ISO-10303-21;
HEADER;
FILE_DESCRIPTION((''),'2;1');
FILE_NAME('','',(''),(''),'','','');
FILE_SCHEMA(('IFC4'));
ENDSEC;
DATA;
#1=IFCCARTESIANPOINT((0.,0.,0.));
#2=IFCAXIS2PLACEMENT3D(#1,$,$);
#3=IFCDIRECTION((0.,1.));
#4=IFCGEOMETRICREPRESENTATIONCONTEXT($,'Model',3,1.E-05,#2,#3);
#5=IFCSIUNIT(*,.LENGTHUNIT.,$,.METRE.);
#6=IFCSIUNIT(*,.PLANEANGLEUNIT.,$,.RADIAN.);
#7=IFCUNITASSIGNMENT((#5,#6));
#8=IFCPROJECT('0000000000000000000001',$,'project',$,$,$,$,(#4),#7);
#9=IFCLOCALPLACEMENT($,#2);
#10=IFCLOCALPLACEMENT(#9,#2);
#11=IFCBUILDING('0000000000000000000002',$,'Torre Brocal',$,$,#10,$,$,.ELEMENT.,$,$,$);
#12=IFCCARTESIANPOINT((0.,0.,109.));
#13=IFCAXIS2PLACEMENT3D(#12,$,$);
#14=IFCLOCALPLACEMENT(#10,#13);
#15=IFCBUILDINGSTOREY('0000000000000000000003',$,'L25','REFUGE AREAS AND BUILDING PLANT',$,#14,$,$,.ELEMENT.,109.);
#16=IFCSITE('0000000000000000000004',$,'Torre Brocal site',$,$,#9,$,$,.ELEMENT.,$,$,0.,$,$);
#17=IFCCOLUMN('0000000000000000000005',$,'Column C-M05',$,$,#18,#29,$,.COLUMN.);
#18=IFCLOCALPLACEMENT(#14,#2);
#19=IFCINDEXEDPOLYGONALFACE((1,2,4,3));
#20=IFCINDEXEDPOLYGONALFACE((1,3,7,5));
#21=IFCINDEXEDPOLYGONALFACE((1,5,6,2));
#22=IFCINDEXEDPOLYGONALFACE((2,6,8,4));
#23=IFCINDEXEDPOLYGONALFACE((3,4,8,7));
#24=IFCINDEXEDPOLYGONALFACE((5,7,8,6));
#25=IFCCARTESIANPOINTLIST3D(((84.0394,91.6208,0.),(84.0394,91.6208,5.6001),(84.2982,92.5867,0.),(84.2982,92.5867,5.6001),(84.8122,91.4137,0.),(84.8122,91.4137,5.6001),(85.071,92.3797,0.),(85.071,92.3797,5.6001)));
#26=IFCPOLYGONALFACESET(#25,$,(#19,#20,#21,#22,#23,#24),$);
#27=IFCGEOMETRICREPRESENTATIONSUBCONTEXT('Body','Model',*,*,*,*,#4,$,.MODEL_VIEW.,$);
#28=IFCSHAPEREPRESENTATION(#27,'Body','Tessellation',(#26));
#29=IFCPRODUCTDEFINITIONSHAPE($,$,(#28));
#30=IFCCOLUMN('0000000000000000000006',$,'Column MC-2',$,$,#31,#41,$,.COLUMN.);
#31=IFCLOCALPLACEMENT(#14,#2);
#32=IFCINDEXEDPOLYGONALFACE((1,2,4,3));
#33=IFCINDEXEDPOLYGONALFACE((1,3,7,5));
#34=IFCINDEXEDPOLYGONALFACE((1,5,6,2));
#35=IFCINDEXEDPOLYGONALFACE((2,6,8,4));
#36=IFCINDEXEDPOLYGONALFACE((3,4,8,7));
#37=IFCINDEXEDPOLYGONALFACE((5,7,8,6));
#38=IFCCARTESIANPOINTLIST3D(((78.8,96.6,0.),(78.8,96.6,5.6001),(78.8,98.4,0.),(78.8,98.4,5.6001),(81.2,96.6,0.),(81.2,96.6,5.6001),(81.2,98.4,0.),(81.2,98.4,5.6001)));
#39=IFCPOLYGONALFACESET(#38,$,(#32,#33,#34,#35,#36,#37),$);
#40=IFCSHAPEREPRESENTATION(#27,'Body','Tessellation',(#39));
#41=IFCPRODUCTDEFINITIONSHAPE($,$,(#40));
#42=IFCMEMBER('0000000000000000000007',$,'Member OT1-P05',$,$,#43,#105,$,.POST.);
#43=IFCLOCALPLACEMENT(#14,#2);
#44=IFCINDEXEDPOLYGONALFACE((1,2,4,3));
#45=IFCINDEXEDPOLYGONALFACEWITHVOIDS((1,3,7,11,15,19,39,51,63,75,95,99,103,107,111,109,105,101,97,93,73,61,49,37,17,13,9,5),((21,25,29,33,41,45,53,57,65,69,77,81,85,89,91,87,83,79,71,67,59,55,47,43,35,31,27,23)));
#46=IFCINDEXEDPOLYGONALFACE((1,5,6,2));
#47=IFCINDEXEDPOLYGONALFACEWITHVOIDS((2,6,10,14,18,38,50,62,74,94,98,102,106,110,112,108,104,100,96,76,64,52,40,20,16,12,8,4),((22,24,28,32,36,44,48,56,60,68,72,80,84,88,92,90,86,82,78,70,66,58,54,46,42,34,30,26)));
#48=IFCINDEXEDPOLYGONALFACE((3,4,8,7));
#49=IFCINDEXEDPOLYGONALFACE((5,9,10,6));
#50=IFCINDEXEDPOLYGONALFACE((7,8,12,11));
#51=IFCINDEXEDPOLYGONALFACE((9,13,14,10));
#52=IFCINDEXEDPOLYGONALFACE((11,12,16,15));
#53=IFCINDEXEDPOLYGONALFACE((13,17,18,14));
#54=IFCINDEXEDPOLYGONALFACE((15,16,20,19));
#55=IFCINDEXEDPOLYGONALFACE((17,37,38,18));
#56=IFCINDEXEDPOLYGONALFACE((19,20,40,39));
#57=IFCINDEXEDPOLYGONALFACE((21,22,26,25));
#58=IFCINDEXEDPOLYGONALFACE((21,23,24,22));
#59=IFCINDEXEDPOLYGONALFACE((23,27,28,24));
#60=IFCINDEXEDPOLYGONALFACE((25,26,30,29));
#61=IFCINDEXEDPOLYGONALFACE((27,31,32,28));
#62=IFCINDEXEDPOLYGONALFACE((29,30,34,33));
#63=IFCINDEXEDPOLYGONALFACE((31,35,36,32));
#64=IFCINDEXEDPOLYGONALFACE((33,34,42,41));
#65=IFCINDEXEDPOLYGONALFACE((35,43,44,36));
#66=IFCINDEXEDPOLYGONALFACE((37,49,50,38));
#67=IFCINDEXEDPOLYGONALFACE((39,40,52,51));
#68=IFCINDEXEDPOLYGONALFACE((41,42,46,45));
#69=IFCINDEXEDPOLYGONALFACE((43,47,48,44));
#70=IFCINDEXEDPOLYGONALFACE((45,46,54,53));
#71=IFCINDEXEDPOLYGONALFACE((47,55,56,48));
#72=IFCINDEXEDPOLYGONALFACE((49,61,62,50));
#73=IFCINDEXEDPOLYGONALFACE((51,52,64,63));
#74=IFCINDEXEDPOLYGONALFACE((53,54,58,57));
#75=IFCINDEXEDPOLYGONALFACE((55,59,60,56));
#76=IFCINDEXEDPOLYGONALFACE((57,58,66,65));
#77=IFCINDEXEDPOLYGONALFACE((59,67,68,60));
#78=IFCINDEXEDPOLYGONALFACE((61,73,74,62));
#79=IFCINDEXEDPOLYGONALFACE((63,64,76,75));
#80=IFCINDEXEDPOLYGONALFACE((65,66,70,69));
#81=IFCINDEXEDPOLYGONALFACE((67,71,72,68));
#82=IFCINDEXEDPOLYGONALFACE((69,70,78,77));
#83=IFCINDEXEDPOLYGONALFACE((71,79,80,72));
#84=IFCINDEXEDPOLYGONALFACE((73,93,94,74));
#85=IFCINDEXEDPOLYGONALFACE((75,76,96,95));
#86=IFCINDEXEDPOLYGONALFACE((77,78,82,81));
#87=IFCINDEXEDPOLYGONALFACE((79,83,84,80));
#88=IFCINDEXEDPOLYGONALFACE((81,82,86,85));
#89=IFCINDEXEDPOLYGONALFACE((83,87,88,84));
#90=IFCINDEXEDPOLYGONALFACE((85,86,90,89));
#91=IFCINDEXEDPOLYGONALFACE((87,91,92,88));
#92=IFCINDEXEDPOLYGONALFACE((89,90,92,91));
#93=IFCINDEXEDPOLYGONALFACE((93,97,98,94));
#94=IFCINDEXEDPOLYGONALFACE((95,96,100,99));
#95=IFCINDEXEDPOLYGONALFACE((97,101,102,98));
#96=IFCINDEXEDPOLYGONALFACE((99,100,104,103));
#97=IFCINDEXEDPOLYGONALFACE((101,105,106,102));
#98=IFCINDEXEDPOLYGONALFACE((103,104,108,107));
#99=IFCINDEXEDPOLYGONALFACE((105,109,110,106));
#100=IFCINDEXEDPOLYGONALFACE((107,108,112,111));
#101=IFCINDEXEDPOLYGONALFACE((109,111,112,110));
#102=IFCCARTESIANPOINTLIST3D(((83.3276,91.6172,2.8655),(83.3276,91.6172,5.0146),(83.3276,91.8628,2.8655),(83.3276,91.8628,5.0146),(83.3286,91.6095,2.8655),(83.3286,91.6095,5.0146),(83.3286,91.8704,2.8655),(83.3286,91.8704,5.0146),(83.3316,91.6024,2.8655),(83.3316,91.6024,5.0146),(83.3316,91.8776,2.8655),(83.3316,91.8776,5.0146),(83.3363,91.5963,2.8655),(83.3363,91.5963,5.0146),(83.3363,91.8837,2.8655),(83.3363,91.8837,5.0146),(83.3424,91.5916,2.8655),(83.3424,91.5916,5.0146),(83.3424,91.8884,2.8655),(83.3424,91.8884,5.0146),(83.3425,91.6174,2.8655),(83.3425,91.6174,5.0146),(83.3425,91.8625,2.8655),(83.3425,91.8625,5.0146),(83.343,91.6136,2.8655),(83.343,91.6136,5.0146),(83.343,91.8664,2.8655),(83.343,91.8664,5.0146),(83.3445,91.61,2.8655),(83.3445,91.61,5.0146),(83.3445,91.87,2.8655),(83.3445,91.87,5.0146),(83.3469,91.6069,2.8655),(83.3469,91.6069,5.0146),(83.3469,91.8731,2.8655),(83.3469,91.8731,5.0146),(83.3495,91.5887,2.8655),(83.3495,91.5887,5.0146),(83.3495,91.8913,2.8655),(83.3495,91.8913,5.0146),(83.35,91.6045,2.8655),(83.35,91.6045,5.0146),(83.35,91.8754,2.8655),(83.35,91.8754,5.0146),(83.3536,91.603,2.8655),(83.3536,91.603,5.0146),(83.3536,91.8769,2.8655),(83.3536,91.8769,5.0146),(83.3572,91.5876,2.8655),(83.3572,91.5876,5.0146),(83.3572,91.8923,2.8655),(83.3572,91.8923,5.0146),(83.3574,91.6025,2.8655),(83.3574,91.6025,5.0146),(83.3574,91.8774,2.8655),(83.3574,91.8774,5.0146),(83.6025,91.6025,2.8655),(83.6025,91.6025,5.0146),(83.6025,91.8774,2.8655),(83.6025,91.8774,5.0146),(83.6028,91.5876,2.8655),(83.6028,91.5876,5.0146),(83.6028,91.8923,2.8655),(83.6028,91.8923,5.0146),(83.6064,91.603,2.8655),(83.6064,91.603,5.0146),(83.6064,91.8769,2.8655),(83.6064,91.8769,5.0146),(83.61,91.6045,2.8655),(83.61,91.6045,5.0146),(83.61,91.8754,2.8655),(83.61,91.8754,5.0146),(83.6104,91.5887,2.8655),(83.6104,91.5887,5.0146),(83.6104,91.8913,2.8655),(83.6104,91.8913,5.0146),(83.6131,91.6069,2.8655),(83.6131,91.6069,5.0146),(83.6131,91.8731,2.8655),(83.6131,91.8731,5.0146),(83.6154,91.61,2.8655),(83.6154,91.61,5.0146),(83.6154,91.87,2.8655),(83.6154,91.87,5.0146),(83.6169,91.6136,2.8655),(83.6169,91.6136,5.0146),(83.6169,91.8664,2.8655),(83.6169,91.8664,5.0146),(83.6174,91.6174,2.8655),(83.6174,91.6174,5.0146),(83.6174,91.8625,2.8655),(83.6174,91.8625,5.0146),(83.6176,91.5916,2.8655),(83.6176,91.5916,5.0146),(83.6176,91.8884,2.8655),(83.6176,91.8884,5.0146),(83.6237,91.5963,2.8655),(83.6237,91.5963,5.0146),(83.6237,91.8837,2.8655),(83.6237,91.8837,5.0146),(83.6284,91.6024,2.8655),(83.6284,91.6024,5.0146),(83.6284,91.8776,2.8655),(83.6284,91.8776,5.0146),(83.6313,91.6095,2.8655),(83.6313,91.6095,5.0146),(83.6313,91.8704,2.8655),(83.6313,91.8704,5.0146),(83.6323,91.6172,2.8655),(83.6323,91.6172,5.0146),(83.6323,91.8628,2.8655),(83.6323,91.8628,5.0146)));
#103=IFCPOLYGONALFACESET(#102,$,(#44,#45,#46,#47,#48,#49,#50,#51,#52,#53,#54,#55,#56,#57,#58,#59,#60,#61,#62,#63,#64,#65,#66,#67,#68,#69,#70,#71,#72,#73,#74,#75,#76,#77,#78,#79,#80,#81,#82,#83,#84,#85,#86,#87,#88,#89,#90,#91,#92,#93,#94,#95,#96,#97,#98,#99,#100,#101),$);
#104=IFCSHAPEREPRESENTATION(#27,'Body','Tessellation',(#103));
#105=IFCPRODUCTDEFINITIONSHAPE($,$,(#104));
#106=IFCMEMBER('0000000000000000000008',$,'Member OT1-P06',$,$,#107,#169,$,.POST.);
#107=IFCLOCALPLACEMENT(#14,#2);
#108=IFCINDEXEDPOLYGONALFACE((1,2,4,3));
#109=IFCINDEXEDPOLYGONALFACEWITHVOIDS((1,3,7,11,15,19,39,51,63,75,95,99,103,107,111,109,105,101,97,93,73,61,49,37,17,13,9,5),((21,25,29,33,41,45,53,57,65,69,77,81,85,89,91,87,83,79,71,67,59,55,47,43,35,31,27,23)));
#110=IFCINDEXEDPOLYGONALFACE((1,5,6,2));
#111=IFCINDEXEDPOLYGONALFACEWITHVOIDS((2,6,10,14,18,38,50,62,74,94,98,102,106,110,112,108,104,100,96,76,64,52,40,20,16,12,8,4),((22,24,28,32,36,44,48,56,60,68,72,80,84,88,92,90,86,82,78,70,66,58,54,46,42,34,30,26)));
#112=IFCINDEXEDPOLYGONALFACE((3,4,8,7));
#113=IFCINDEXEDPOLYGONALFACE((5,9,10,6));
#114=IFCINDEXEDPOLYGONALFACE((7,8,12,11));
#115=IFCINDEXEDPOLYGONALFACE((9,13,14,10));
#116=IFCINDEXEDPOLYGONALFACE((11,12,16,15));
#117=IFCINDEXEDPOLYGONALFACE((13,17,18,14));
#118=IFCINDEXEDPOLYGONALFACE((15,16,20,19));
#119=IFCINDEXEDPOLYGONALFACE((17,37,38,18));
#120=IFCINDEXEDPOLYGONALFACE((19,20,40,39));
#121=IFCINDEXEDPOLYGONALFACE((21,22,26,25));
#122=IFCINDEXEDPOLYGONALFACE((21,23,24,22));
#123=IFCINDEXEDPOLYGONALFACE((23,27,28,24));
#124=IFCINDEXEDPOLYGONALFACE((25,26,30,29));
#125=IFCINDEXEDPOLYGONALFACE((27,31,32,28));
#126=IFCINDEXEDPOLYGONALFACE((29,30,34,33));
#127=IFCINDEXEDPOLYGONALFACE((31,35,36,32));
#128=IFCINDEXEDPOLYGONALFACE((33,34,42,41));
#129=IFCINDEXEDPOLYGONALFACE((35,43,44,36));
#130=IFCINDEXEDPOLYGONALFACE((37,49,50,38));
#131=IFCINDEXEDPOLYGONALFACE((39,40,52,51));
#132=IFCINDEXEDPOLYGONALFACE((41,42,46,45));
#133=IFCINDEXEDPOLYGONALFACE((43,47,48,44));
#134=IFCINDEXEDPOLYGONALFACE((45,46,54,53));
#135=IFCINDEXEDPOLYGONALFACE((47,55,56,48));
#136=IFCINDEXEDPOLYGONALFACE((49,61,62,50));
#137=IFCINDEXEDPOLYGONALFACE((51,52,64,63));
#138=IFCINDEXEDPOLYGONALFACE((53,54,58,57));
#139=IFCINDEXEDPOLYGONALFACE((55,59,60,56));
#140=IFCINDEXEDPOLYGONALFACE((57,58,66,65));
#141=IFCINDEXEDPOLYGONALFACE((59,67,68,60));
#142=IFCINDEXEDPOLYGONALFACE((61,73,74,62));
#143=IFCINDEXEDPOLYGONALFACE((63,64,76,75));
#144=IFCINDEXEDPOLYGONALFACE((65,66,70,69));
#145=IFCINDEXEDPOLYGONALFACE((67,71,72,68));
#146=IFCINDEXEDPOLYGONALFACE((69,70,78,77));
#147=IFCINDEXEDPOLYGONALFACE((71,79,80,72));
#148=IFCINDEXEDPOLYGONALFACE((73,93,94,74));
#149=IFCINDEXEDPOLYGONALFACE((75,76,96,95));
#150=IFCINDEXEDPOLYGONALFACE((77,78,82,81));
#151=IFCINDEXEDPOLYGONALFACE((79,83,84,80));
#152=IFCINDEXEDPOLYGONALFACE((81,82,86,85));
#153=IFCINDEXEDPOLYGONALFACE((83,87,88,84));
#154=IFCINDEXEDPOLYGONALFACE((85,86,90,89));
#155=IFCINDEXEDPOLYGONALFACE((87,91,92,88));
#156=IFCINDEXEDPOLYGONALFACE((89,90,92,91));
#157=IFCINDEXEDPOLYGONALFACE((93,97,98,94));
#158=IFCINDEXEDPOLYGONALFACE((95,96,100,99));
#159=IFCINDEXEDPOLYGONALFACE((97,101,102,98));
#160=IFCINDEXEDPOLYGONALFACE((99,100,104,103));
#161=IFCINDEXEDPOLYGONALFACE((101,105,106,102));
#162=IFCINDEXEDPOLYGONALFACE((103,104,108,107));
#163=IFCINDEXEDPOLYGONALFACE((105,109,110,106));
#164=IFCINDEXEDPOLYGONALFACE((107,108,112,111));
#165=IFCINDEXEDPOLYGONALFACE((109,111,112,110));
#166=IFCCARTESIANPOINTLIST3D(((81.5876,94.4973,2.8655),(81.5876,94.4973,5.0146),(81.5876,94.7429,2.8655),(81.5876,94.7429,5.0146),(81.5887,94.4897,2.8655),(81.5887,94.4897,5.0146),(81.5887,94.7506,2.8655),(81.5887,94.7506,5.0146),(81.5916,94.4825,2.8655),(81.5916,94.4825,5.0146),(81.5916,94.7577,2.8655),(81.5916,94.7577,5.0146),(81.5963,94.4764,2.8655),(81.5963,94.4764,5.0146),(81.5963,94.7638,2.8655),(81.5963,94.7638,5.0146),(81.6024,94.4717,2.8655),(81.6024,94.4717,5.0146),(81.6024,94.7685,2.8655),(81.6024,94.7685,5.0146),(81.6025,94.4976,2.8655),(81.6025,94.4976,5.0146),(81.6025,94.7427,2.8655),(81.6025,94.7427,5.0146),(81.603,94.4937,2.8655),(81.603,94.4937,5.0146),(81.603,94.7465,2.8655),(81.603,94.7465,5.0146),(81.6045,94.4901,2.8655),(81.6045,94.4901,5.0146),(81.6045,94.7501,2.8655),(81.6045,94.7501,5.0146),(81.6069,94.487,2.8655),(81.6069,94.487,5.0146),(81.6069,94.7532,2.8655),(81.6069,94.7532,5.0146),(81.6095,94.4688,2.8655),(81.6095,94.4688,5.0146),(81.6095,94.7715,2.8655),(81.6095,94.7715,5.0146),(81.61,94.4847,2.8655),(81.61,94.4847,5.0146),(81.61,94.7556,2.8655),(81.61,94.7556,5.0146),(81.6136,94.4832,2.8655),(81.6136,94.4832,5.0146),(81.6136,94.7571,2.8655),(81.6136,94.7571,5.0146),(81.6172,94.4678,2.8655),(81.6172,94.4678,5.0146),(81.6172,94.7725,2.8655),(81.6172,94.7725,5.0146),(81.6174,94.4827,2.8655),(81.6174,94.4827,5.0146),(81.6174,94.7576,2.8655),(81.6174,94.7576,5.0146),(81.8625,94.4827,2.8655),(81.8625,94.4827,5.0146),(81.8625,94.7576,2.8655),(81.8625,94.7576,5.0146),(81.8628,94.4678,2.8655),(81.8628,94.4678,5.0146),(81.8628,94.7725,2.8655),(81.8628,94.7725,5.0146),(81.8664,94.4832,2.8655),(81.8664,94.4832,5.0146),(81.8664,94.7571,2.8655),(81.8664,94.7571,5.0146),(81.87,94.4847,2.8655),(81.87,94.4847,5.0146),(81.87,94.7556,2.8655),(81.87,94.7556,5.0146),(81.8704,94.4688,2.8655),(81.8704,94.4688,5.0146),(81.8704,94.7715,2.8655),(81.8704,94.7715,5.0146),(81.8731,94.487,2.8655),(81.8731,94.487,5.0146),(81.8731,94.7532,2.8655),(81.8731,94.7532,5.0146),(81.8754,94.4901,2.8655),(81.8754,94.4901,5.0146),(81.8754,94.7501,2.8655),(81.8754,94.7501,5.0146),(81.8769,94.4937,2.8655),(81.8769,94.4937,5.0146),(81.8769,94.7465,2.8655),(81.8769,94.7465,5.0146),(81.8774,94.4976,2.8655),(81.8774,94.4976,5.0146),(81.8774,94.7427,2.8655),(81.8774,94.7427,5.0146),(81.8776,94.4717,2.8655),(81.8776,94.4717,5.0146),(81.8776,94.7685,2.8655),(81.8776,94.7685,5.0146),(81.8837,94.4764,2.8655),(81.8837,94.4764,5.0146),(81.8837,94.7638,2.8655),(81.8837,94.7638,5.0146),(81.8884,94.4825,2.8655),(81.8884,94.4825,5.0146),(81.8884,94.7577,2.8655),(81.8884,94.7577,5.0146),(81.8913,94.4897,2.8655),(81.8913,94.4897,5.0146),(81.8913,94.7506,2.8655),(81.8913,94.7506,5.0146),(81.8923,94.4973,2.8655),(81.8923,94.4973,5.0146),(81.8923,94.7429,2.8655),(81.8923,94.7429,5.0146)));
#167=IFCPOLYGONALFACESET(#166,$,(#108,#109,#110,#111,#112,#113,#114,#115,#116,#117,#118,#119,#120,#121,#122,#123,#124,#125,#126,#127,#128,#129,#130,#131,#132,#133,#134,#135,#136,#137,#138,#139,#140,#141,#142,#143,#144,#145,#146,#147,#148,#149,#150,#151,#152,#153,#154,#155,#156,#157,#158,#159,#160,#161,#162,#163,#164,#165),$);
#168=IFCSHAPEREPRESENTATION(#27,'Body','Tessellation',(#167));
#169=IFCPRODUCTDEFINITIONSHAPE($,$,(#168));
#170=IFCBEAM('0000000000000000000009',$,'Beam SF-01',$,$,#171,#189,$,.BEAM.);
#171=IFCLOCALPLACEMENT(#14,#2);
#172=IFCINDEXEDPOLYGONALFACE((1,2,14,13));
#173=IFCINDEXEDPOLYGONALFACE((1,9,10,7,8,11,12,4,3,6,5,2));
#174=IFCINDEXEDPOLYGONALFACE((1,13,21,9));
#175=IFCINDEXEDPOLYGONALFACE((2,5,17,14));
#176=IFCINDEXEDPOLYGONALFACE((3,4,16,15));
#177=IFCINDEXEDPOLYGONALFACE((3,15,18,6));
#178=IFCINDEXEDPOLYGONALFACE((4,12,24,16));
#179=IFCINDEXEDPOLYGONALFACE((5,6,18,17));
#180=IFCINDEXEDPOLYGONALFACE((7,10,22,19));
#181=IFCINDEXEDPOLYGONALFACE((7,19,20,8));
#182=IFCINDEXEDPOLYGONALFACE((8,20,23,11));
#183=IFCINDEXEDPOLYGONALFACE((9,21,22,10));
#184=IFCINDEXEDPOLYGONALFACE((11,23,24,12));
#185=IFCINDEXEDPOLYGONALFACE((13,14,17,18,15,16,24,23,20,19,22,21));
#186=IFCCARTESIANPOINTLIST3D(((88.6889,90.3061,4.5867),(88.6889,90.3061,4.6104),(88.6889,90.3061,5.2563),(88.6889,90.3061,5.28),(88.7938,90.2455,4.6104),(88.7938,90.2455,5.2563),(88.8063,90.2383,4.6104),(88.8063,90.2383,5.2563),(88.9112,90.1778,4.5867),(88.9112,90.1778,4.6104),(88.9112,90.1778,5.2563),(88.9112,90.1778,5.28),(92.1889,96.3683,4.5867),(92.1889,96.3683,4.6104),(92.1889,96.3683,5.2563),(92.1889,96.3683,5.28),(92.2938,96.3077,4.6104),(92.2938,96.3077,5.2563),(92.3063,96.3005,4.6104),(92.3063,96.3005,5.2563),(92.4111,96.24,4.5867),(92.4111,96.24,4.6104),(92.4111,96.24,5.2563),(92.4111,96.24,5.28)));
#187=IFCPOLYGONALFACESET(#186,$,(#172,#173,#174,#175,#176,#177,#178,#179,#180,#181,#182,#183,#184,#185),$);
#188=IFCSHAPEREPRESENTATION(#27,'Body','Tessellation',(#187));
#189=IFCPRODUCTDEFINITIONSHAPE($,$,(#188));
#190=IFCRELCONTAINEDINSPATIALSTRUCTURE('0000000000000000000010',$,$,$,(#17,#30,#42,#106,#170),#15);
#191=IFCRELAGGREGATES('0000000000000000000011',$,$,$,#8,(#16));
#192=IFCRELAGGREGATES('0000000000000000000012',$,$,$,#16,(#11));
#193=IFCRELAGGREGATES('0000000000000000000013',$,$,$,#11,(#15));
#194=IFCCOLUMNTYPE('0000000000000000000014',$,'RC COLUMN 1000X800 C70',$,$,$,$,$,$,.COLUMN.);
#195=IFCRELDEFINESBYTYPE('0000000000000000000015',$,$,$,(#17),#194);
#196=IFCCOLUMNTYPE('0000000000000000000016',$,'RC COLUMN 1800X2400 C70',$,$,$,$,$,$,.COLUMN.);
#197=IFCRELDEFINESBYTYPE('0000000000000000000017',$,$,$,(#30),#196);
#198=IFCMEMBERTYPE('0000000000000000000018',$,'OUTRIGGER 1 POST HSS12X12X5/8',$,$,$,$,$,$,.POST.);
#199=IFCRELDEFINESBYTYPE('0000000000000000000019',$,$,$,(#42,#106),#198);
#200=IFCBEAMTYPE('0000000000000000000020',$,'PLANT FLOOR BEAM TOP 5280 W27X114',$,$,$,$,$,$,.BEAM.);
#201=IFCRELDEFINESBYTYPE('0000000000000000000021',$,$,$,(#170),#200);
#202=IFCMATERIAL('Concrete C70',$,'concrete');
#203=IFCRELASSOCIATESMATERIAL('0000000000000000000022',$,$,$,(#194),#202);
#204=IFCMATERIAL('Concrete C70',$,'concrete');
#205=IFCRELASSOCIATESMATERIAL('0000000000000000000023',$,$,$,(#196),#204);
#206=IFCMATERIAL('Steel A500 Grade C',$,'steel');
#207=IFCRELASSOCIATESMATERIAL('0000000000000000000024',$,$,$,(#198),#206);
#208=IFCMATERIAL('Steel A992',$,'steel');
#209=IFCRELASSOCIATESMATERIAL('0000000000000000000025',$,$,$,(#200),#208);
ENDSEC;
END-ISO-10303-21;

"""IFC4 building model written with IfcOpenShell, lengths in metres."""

from ifc_helpers import new_model, si_unit, direction, frame, origin, origin_2d, place, context, subcontext, project, spatial, rectangle, hollow_rectangle, i_section, extrude, material, material_profile, profile_set, type_object, element, save


model = new_model("IFC4")

# Units and contexts
model_context = context("Model", 3, precision=1e-05, world=origin(), true_north=direction((0.0, 1.0)))
body_context = subcontext(model_context, "Body", "Model", "MODEL_VIEW")
ifc_project = project(units=[si_unit("LENGTHUNIT", "METRE"), si_unit("PLANEANGLEUNIT", "RADIAN")], contexts=[model_context])

# Site, building, storey
site_placement = place(None, origin())
site = spatial("IfcSite", under=ifc_project, at=site_placement, Name="Torre Brocal site", CompositionType="ELEMENT", RefElevation=0.0)
building_placement = place(site_placement, origin())
building = spatial("IfcBuilding", under=site, at=building_placement, Name="Torre Brocal", CompositionType="ELEMENT")
storey_placement = place(building_placement, frame((0.0, 0.0, 109.0)))
storey = spatial("IfcBuildingStorey", under=building, at=storey_placement, Name="L25", Description="REFUGE AREAS AND BUILDING PLANT", CompositionType="ELEMENT", Elevation=109.0)

# Columns
ifc_material_1 = material(Name="Concrete C70", Category="concrete")
ifc_material_profile_1 = material_profile(ifc_material_1, rectangle(XDim=1.0, YDim=0.8, at=origin_2d()), Name="RC 1000X800")
ifc_profile_set_1 = profile_set([ifc_material_profile_1], Name="Concrete C70")
column_type_1 = type_object("IfcColumnType", Name="RC COLUMN 1000X800 C70", PredefinedType="COLUMN", material=ifc_profile_set_1)
column_1_placement = place(storey_placement, frame((84.5552, 92.0002, 0.0), z_axis=(0.0, 0.0, 1.0), x_axis=(0.258819, 0.965926, 0.0)))
element("IfcColumn", 1, at=column_1_placement, inside=storey, type_object=column_type_1, Name="Column C-M05", PredefinedType="COLUMN", context=body_context, shape_type="SweptSolid", body=[
    extrude(rectangle(XDim=1.0, YDim=0.8, at=origin_2d()), origin(), (0.0, 0.0, 1.0), 5.6001),
])
ifc_material_2 = material(Name="Concrete C70", Category="concrete")
ifc_material_profile_2 = material_profile(ifc_material_2, rectangle(XDim=1.8, YDim=2.3999, at=origin_2d()), Name="RC 1800X2400")
ifc_profile_set_2 = profile_set([ifc_material_profile_2], Name="Concrete C70")
column_type_2 = type_object("IfcColumnType", Name="RC COLUMN 1800X2400 C70", PredefinedType="COLUMN", material=ifc_profile_set_2)
column_2_placement = place(storey_placement, frame((80.0, 97.5, 0.0), z_axis=(0.0, 0.0, 1.0), x_axis=(0.0, 1.0, 0.0)))
element("IfcColumn", 2, at=column_2_placement, inside=storey, type_object=column_type_2, Name="Column MC-2", PredefinedType="COLUMN", context=body_context, shape_type="SweptSolid", body=[
    extrude(rectangle(XDim=1.8, YDim=2.3999, at=origin_2d()), origin(), (0.0, 0.0, 1.0), 5.6001),
])

# Members
ifc_material_3 = material(Name="Steel A500 Grade C", Category="steel")
ifc_material_profile_3 = material_profile(ifc_material_3, hollow_rectangle(XDim=0.3047, YDim=0.3047, WallThickness=0.0149, InnerFilletRadius=0.0149, OuterFilletRadius=0.0295, at=origin_2d()), Name="HSS12X12X5/8")
ifc_profile_set_3 = profile_set([ifc_material_profile_3], Name="Steel A500 Grade C")
member_type_1 = type_object("IfcMemberType", Name="OUTRIGGER 1 POST HSS12X12X5/8", PredefinedType="POST", material=ifc_profile_set_3)
for number, where, z_axis, x_axis, name in (
    (3, (83.48, 91.74, 2.8655), (0.0, 0.0, 1.0), (1.0, 0.0, 0.0), "Member OT1-P05"),
    (4, (81.74, 94.6201, 2.8655), (0.0, 0.0, 1.0), (1.0, 0.0, 0.0), "Member OT1-P06"),
):
    element("IfcMember", number, at=place(storey_placement, frame(where, z_axis=z_axis, x_axis=x_axis)), inside=storey, type_object=member_type_1, Name=name, PredefinedType="POST", context=body_context, shape_type="SweptSolid", body=[
        extrude(hollow_rectangle(XDim=0.3047, YDim=0.3047, WallThickness=0.0149, InnerFilletRadius=0.0149, OuterFilletRadius=0.0295, at=origin_2d()), origin(), (0.0, 0.0, 1.0), 2.1492),
    ])

# Beam
ifc_material_4 = material(Name="Steel A992", Category="steel")
ifc_material_profile_4 = material_profile(ifc_material_4, i_section(OverallWidth=0.2566, OverallDepth=0.6934, WebThickness=0.0144, FlangeThickness=0.0237, at=origin_2d()), Name="W27X114")
ifc_profile_set_4 = profile_set([ifc_material_profile_4], Name="Steel A992")
beam_type_1 = type_object("IfcBeamType", Name="PLANT FLOOR BEAM TOP 5280 W27X114", PredefinedType="BEAM", material=ifc_profile_set_4)
for number, where, z_axis, x_axis, name in (
    (5, (88.8, 90.2419, 4.9333), (0.499995, 0.866028, 0.0), (-0.866028, 0.499995, 0.0), "Beam SF-01"),
):
    element("IfcBeam", number, at=place(storey_placement, frame(where, z_axis=z_axis, x_axis=x_axis)), inside=storey, type_object=beam_type_1, Name=name, PredefinedType="BEAM", context=body_context, shape_type="SweptSolid", body=[
        extrude(i_section(OverallWidth=0.2566, OverallDepth=0.6934, WebThickness=0.0144, FlangeThickness=0.0237, at=origin_2d()), origin(), (0.0, 0.0, 1.0), 7.0),
    ])

save(model, "model.ifc")
